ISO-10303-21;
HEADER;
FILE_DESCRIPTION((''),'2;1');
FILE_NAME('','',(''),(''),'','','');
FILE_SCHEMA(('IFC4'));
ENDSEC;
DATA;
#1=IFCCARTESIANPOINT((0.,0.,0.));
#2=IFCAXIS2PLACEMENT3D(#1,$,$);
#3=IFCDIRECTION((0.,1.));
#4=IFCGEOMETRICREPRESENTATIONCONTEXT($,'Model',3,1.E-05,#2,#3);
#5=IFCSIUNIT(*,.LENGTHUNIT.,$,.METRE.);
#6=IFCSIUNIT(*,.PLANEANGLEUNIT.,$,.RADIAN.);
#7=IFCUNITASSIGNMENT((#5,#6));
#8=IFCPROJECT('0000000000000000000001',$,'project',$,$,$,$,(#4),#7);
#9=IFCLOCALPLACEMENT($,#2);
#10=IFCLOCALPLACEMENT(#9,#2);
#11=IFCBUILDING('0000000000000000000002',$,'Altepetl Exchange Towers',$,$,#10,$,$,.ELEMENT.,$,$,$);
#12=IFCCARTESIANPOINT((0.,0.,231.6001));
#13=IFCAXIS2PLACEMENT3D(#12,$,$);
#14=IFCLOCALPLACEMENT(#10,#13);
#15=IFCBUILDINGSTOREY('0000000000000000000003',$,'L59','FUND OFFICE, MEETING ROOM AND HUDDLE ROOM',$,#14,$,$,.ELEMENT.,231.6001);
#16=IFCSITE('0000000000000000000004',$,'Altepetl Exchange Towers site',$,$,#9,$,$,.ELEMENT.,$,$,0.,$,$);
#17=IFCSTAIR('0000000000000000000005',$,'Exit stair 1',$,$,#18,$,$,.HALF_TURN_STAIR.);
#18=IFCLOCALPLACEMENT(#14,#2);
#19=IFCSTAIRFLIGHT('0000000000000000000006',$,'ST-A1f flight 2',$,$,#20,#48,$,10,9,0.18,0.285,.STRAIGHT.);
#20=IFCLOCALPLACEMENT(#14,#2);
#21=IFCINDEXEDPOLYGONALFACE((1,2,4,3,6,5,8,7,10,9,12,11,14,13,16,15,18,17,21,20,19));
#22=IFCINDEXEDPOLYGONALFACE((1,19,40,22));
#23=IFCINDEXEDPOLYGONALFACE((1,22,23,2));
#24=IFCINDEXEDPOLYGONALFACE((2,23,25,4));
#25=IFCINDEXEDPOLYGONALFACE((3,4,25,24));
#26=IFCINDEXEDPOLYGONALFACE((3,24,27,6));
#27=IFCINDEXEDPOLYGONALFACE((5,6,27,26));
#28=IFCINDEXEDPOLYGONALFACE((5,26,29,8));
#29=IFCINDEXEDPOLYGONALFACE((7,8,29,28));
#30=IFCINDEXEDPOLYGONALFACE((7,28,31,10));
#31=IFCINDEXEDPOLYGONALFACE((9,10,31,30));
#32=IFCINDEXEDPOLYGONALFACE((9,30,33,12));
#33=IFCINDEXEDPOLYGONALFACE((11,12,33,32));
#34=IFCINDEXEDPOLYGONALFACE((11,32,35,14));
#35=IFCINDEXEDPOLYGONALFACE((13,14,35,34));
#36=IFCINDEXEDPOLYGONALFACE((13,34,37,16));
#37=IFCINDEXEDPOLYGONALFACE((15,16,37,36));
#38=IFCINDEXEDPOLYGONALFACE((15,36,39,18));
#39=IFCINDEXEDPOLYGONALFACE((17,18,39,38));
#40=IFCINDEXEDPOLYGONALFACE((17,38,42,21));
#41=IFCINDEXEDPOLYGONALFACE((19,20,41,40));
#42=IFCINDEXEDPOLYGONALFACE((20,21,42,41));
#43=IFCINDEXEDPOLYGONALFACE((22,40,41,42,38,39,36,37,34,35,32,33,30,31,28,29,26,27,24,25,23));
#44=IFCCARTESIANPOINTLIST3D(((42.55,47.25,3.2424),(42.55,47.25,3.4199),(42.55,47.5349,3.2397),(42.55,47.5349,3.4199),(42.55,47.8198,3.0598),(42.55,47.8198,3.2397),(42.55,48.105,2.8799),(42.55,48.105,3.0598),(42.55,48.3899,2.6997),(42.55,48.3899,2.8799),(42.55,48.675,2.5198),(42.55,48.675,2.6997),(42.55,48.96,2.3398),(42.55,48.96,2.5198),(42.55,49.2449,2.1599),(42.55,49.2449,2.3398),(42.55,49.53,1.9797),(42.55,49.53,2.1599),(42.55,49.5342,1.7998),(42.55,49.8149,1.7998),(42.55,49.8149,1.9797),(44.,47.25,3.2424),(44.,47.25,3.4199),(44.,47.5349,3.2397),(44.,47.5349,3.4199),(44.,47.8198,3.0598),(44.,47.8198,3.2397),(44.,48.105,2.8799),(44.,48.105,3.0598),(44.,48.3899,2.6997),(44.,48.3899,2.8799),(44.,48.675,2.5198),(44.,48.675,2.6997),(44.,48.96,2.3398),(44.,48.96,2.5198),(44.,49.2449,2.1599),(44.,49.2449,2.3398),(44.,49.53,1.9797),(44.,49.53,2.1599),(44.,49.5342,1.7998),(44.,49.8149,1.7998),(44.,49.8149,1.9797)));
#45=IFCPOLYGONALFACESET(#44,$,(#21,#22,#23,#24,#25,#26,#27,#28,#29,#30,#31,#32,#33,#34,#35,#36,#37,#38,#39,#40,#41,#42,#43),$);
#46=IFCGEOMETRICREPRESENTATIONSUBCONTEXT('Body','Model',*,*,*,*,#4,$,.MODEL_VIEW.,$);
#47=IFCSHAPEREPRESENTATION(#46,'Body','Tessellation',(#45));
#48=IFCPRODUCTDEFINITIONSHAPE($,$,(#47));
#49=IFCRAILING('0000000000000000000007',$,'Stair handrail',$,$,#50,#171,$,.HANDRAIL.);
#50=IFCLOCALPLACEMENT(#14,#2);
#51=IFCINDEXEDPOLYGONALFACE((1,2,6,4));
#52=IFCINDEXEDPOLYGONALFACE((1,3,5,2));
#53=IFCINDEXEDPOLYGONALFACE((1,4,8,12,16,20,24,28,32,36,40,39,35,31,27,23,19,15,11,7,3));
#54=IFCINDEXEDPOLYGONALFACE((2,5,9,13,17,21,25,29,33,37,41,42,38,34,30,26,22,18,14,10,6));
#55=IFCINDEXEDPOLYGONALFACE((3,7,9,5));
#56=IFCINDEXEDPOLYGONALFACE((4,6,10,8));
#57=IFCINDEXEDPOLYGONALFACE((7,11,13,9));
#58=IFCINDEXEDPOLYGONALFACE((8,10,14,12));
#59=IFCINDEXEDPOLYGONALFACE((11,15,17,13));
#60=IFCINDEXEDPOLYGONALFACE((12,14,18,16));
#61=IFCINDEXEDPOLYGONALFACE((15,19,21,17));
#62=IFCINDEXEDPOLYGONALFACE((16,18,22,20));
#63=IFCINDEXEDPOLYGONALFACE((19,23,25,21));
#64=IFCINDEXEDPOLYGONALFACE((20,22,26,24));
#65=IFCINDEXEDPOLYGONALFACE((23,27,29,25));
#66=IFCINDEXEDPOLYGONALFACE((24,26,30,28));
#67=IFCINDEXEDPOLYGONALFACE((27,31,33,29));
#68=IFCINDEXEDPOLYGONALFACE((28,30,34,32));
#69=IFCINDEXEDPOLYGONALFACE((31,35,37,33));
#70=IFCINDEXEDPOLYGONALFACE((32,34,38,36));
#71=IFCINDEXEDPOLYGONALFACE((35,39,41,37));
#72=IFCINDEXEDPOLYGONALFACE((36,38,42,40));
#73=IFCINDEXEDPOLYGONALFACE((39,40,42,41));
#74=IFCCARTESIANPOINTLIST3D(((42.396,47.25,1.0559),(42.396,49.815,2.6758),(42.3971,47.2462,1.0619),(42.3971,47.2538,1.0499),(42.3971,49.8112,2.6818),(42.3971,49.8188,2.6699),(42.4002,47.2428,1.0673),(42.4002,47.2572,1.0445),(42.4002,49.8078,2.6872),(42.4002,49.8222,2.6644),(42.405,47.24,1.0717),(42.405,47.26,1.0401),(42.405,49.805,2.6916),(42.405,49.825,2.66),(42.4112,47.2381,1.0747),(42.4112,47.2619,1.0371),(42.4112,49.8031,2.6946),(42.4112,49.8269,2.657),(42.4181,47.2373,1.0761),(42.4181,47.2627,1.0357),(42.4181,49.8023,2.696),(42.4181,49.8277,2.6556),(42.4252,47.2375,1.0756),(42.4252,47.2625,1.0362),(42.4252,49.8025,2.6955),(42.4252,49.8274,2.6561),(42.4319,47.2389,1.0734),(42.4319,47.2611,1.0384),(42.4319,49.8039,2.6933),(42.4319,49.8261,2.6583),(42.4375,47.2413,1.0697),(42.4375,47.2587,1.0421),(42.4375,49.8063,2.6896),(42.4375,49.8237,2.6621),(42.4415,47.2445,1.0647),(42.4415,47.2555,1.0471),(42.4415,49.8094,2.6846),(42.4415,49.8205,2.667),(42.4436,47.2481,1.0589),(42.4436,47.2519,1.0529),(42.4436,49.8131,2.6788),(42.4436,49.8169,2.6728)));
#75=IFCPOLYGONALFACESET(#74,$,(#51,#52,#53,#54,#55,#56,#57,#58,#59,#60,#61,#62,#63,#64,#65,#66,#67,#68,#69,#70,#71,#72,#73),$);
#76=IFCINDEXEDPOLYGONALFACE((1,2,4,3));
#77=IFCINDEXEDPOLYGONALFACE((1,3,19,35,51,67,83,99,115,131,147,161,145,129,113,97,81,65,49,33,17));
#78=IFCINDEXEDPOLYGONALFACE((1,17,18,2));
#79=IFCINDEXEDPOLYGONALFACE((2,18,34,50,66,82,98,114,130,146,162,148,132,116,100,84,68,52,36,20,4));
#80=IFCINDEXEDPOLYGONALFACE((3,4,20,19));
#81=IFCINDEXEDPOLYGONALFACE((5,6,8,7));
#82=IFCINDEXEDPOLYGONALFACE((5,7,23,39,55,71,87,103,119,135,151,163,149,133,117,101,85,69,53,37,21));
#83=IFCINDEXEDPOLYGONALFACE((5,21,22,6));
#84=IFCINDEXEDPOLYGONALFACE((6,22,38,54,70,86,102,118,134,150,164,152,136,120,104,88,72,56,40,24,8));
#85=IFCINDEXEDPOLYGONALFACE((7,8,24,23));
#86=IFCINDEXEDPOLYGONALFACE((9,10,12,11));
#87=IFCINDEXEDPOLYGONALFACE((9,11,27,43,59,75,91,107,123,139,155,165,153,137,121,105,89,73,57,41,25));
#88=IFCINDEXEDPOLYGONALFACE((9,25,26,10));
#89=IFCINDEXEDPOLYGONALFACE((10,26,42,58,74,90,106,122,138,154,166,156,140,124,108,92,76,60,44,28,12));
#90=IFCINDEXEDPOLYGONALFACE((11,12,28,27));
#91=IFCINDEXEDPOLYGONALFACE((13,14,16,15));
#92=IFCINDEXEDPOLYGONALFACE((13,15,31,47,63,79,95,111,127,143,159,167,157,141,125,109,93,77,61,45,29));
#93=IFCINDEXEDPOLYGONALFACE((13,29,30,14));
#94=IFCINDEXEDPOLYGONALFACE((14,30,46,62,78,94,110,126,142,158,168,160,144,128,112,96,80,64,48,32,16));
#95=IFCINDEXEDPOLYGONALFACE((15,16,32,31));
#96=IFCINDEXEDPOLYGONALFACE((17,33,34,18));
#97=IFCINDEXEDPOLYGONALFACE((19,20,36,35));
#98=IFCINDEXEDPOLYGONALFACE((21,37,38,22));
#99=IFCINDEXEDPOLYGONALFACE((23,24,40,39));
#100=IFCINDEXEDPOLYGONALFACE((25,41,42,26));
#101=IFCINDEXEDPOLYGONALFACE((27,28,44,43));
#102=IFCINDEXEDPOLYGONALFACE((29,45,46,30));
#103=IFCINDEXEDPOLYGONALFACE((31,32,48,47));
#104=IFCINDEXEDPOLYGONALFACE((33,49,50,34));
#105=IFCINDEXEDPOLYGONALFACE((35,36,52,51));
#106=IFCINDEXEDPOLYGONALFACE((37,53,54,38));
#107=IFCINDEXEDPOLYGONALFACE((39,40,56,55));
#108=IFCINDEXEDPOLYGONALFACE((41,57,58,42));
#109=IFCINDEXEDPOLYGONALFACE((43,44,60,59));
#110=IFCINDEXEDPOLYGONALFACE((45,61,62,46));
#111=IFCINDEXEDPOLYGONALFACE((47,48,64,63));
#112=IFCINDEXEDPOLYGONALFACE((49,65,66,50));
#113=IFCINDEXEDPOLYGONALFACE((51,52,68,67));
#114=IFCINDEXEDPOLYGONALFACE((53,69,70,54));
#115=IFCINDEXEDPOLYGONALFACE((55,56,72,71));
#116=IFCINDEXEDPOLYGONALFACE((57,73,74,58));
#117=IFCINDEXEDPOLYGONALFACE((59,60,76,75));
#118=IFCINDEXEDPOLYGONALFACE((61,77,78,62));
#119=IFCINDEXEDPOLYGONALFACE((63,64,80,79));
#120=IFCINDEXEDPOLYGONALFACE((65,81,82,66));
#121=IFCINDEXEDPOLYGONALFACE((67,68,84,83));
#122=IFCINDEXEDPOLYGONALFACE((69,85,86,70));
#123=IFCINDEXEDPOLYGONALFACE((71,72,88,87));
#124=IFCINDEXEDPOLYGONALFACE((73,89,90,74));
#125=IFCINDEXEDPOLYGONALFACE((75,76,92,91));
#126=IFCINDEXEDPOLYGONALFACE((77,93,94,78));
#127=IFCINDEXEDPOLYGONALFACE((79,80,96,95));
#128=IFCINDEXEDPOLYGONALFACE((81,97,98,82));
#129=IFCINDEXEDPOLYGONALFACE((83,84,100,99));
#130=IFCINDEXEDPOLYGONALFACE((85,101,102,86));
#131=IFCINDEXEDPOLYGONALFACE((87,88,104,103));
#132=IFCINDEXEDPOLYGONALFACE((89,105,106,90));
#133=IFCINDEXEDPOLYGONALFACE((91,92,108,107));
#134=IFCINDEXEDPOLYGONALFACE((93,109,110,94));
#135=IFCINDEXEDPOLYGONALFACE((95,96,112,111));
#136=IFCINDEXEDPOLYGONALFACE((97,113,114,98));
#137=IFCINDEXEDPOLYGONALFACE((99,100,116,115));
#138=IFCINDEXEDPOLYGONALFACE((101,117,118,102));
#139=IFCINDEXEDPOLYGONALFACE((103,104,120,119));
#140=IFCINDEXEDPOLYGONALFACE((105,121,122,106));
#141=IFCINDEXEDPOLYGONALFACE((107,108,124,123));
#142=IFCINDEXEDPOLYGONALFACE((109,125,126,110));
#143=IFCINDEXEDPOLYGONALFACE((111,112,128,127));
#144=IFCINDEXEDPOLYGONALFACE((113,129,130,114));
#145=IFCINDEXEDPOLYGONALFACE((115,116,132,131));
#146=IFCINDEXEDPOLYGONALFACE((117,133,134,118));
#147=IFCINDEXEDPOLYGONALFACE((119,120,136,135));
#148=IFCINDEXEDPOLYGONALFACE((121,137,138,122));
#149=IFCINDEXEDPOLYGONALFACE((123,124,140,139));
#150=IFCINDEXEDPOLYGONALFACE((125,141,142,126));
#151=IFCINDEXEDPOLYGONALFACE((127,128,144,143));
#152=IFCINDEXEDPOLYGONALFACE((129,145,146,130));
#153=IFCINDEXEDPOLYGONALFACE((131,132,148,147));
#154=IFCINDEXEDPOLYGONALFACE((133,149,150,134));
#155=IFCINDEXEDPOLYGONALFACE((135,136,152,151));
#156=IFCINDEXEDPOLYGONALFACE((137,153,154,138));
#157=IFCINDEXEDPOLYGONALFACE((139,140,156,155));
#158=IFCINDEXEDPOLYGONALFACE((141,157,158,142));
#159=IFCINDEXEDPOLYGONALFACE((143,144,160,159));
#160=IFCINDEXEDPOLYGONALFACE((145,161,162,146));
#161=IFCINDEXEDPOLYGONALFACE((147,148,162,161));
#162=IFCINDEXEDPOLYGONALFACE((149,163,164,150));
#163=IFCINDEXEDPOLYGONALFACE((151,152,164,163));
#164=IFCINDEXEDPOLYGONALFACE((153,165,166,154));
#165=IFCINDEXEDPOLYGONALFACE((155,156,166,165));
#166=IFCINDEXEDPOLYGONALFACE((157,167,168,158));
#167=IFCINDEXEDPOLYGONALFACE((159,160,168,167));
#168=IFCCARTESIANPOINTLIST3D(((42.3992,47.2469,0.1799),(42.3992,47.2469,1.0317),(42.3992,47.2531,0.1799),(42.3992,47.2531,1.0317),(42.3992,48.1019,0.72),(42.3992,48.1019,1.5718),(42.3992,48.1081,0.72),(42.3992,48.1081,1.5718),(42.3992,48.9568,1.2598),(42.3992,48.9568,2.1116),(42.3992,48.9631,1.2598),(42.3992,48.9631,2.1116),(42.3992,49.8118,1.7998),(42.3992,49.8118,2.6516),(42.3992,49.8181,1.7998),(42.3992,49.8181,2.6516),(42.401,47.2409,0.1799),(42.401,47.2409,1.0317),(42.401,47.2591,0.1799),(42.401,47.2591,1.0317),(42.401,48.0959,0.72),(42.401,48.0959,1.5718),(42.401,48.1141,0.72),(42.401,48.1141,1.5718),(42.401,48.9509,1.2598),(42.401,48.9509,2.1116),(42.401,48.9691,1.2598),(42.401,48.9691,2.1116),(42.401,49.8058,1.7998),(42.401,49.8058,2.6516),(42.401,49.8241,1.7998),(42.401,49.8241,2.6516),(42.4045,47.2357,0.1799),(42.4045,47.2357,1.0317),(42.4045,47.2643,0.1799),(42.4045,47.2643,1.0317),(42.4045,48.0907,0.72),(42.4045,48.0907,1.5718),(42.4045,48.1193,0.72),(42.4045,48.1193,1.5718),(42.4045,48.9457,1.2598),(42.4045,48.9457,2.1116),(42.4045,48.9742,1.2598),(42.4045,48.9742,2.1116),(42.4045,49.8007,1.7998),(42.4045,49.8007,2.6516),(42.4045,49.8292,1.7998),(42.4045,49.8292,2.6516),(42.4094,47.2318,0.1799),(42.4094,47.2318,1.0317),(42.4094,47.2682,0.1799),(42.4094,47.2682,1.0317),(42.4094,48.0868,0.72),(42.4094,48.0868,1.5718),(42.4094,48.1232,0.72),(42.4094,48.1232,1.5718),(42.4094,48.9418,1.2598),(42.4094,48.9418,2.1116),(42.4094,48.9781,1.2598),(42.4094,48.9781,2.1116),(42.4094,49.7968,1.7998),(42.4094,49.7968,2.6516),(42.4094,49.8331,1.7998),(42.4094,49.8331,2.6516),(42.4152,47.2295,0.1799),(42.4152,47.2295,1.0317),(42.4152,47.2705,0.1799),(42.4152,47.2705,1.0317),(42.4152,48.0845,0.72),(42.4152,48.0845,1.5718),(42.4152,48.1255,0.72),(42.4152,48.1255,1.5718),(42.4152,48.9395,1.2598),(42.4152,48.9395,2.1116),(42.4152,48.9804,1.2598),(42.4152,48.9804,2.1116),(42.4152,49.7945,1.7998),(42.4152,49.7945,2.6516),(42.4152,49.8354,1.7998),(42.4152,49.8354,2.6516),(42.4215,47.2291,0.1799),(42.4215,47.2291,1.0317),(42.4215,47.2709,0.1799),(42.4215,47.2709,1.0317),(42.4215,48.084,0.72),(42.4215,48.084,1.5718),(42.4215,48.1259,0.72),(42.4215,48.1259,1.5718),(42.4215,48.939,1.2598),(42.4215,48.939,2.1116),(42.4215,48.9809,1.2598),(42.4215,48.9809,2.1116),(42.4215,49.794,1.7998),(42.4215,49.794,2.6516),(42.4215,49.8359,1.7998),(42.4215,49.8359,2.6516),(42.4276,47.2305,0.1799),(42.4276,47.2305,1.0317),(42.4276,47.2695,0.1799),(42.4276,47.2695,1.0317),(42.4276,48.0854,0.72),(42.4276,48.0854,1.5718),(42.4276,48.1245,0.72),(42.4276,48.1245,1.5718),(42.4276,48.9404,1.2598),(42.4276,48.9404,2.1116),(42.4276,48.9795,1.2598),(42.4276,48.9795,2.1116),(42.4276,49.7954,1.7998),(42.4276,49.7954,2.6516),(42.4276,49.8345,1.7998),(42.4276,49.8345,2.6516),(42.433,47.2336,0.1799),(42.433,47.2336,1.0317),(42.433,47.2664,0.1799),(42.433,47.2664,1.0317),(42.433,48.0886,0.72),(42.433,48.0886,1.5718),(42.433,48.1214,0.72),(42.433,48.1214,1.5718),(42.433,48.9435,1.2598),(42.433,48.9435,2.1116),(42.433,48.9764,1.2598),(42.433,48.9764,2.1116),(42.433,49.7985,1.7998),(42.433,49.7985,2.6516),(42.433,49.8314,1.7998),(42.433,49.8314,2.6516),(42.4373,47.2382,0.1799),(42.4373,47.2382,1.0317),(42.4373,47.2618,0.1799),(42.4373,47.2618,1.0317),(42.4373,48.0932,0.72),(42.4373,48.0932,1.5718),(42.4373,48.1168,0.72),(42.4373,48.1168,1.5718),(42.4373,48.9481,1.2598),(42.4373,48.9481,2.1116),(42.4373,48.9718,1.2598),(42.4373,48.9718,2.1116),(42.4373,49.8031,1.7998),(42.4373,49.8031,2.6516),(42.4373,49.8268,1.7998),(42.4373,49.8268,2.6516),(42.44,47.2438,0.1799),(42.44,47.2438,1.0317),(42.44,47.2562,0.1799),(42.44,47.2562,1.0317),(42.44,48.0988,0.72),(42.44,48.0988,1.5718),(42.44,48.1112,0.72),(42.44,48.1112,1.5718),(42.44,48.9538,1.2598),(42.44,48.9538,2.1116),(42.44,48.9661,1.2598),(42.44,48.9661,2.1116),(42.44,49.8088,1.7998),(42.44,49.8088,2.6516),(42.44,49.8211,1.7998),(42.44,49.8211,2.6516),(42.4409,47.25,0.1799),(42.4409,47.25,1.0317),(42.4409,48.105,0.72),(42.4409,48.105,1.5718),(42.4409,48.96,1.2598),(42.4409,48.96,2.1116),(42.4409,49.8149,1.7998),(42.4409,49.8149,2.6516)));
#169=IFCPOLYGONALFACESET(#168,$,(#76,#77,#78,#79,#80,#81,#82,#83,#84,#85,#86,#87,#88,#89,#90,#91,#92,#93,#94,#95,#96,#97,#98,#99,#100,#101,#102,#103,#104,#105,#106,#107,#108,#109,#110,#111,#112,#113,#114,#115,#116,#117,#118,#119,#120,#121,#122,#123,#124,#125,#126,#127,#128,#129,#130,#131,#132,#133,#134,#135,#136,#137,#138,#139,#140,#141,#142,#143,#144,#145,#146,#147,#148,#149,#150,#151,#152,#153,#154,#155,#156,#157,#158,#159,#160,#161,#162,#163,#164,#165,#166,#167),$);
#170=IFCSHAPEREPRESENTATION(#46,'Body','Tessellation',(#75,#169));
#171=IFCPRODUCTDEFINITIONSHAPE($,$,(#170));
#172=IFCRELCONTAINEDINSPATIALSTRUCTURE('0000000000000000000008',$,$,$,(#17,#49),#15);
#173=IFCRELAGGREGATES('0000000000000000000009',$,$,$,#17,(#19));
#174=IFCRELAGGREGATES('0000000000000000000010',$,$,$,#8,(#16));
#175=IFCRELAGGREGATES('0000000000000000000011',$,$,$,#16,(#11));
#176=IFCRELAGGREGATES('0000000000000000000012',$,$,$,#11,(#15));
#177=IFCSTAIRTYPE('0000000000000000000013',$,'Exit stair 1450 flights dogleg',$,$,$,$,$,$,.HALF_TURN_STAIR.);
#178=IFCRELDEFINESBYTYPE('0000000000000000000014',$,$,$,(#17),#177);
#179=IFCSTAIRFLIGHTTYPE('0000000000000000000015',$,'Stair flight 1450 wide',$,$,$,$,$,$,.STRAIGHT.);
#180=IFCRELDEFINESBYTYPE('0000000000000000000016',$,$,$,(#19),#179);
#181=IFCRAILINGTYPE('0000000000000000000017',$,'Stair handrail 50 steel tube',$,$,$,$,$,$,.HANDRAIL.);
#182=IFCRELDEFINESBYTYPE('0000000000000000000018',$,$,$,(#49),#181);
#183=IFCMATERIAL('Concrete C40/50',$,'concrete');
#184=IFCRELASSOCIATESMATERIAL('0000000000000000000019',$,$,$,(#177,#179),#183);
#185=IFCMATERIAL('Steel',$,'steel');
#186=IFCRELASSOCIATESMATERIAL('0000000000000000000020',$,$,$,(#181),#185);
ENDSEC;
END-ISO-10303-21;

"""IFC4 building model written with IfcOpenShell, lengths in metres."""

from ifc_helpers import new_model, si_unit, direction, frame, origin, origin_2d, place, context, subcontext, project, spatial, polyline, circle, outline, extrude, source, transform, mapped, material, type_object, element, aggregate, save


model = new_model("IFC4")

# Units and contexts
model_context = context("Model", 3, precision=1e-05, world=origin(), true_north=direction((0.0, 1.0)))
body_context = subcontext(model_context, "Body", "Model", "MODEL_VIEW")
ifc_project = project(units=[si_unit("LENGTHUNIT", "METRE"), si_unit("PLANEANGLEUNIT", "RADIAN")], contexts=[model_context])

# Site, building, storey
site_placement = place(None, origin())
site = spatial("IfcSite", under=ifc_project, at=site_placement, Name="Altepetl Exchange Towers site", CompositionType="ELEMENT", RefElevation=0.0)
building_placement = place(site_placement, origin())
building = spatial("IfcBuilding", under=site, at=building_placement, Name="Altepetl Exchange Towers", CompositionType="ELEMENT")
storey_placement = place(building_placement, frame((0.0, 0.0, 231.6001)))
storey = spatial("IfcBuildingStorey", under=building, at=storey_placement, Name="L59", Description="FUND OFFICE, MEETING ROOM AND HUDDLE ROOM", CompositionType="ELEMENT", Elevation=231.6001)

# Shared definitions
ifc_material_1 = material(Name="Concrete C40/50", Category="concrete")

# Stair, stair flight
stair_type = type_object("IfcStairType", Name="Exit stair 1450 flights dogleg", PredefinedType="HALF_TURN_STAIR", material=ifc_material_1)
stair_placement = place(storey_placement, origin())
stair = element("IfcStair", 1, at=stair_placement, inside=storey, type_object=stair_type, Name="Exit stair 1", PredefinedType="HALF_TURN_STAIR")
stair_flight_type = type_object("IfcStairFlightType", Name="Stair flight 1450 wide", PredefinedType="STRAIGHT", material=ifc_material_1)
stair_flight_1_placement = place(storey_placement, frame((43.2749, 49.8149, 1.7998), z_axis=(0.0, 0.0, 1.0), x_axis=(0.0, -1.0, 0.0)))
stair_flight_1 = element("IfcStairFlight", 2, at=stair_flight_1_placement, type_object=stair_flight_type, Name="ST-A1f flight 2", NumberOfRisers=10, NumberOfTreads=9, PredefinedType="STRAIGHT", RiserHeight=0.18, TreadLength=0.285, context=body_context, shape_type="SweptSolid", body=[
    extrude(outline(polyline([(0.0, 0.0), (0.0, 0.1799), (0.2849, 0.1799), (0.2849, 0.3601), (0.5701, 0.3601), (0.5701, 0.54), (0.855, 0.54), (0.855, 0.72), (1.1399, 0.72), (1.1399, 0.8999), (1.425, 0.8999), (1.425, 1.0801), (1.71, 1.0801), (1.71, 1.26), (1.9951, 1.26), (1.9951, 1.4399), (2.28, 1.4399), (2.28, 1.6201), (2.5649, 1.6201), (2.5649, 1.8), (2.5649, 1.4426), (0.2808, 0.0), (0.0, 0.0)])), frame((0.0, 0.7251, 0.0), z_axis=(0.0, -1.0, 0.0), x_axis=(1.0, 0.0, 0.0)), (0.0, 0.0, 1.0), 1.45),
])
aggregate(stair, [stair_flight_1])

# Railing
ifc_material_2 = material(Name="Steel", Category="steel")
railing_type = type_object("IfcRailingType", Name="Stair handrail 50 steel tube", PredefinedType="HANDRAIL", material=ifc_material_2)
shared_shape = source(origin(), body_context, "Body", "SweptSolid", [
    extrude(circle(Radius=0.021, at=origin_2d()), origin(), (0.0, 0.0, 1.0), 0.8518),
])
railing_1_placement = place(storey_placement, frame((42.4199, 47.25, 0.1799)))
element("IfcRailing", 3, at=railing_1_placement, inside=storey, type_object=railing_type, Name="Stair handrail", PredefinedType="HANDRAIL", context=body_context, shape_type="SweptSolid", body=[
    extrude(circle(Radius=0.0239, at=origin_2d()), frame((0.0, 0.0, 0.876), z_axis=(0.0, 0.845502, 0.533972), x_axis=(-1.0, 0.0, 0.0)), (0.0, 0.0, 1.0), 3.0337),
    mapped(shared_shape, transform((0.0, 0.0, 0.0))),
    mapped(shared_shape, transform((0.0, 0.855, 0.54))),
    mapped(shared_shape, transform((0.0, 1.71, 1.0798))),
    mapped(shared_shape, transform((0.0, 2.5649, 1.6199))),
])

save(model, "model.ifc")
